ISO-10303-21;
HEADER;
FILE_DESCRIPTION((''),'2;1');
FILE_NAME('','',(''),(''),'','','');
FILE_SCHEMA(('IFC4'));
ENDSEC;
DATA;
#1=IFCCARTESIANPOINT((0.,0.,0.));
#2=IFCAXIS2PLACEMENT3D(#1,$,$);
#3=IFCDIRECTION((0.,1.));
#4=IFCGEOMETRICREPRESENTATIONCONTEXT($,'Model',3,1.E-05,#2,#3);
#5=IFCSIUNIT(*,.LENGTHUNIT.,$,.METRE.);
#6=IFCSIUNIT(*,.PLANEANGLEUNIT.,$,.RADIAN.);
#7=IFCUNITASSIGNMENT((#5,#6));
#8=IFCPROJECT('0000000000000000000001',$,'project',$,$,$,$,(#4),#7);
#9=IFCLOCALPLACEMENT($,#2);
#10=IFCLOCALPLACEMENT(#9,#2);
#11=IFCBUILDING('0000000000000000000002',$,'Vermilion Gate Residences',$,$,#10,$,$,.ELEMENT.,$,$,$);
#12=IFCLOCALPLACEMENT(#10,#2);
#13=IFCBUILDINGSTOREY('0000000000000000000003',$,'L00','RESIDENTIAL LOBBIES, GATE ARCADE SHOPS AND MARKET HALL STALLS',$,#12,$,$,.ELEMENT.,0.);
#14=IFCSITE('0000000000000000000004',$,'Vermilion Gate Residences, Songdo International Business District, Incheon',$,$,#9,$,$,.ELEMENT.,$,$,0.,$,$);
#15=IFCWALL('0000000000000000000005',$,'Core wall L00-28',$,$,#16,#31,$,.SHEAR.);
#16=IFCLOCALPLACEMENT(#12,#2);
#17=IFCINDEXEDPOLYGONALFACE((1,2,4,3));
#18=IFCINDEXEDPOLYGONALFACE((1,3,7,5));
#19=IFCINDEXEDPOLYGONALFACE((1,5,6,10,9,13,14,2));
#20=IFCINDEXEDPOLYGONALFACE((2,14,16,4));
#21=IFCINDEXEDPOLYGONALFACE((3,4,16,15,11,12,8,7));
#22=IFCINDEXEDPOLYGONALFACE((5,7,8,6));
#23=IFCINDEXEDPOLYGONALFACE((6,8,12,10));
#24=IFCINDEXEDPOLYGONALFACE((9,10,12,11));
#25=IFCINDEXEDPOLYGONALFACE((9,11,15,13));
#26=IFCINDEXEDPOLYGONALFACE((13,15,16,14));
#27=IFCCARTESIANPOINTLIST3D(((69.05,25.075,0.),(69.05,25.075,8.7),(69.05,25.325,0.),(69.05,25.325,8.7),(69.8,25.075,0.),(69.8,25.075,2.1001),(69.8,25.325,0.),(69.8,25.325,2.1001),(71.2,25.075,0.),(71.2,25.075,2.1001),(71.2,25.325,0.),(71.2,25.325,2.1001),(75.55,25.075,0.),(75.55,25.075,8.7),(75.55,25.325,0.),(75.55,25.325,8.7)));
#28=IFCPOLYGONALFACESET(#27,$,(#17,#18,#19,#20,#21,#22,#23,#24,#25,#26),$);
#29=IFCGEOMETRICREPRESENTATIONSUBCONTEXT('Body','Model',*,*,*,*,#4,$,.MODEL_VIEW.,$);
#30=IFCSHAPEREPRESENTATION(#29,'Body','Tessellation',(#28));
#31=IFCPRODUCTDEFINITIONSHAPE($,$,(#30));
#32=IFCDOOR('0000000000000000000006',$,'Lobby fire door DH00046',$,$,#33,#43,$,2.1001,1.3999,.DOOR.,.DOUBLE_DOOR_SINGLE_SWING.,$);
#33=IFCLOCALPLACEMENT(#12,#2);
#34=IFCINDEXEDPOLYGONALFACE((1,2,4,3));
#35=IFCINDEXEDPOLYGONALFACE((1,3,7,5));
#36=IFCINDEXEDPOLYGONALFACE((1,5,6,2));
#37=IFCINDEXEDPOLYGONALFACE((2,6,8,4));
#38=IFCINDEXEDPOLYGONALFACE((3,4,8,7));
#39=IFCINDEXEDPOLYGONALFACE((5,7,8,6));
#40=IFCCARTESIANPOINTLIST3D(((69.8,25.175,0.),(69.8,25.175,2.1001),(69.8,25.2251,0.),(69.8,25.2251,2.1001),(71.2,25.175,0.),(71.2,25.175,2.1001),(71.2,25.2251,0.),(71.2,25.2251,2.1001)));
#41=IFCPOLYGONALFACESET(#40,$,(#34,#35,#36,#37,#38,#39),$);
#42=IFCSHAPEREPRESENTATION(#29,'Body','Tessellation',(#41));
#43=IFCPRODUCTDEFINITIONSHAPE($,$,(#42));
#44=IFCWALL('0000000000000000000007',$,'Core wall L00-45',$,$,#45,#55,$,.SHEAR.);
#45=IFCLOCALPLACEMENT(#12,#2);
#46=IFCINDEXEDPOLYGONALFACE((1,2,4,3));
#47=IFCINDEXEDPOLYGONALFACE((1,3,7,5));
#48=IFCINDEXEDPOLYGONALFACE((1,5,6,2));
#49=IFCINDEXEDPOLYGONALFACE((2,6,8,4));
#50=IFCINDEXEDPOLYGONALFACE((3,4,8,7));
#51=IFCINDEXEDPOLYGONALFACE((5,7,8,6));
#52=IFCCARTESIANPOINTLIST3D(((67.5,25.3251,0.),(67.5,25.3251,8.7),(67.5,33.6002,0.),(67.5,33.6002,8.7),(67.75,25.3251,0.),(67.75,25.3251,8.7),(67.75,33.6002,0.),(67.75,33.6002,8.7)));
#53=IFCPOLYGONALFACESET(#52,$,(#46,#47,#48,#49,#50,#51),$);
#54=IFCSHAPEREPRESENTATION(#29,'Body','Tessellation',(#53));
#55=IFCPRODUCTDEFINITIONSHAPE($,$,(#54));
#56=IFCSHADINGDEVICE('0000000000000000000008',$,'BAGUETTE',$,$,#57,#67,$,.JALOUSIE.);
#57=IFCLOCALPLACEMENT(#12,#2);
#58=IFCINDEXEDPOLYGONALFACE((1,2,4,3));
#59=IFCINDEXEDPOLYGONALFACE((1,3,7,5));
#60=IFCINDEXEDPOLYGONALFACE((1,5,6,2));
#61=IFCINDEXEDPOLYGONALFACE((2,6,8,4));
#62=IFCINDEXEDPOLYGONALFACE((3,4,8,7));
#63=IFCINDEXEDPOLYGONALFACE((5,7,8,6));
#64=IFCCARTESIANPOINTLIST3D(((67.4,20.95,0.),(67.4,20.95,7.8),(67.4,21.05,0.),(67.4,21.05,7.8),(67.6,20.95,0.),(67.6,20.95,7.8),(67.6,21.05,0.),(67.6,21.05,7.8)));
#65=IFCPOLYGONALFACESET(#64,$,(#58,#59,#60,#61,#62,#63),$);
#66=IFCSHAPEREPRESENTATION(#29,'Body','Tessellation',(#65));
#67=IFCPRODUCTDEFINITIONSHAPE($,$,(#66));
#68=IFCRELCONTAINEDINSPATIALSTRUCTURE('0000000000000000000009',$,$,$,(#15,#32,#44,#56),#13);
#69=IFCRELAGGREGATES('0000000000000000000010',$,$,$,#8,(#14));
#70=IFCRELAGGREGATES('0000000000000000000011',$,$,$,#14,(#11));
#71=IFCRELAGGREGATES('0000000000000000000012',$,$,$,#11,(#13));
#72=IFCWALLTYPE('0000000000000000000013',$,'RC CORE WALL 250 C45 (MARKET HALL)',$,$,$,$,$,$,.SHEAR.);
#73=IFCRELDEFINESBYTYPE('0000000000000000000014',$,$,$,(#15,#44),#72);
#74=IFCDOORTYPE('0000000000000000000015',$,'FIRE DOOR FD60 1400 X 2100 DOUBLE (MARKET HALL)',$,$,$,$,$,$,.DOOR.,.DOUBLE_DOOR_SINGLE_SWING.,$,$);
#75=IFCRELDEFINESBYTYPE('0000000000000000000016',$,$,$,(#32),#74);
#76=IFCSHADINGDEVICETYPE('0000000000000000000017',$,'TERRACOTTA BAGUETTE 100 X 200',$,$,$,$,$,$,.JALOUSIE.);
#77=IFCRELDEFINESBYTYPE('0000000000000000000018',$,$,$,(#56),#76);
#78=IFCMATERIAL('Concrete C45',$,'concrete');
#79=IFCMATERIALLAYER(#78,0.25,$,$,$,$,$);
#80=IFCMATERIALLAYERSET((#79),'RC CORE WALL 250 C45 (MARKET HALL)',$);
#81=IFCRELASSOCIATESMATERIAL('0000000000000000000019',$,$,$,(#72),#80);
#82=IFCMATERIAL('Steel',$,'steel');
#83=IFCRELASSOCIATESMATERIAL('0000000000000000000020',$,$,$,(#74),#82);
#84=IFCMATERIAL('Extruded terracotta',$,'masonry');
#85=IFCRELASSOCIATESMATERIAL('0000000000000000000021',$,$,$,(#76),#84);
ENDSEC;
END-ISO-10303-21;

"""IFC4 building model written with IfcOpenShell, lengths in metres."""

from ifc_helpers import new_model, si_unit, direction, frame, frame_2d, origin, origin_2d, place, context, subcontext, project, spatial, rectangle, extrude, material, layer, layer_set, material_profile, profile_set, type_object, element, fill, save


model = new_model("IFC4")

# Units and contexts
model_context = context("Model", 3, precision=1e-05, world=origin(), true_north=direction((0.0, 1.0)))
body_context = subcontext(model_context, "Body", "Model", "MODEL_VIEW")
ifc_project = project(units=[si_unit("LENGTHUNIT", "METRE"), si_unit("PLANEANGLEUNIT", "RADIAN")], contexts=[model_context])

# Site, building, storey
site_placement = place(None, origin())
site = spatial("IfcSite", under=ifc_project, at=site_placement, Name="Vermilion Gate Residences, Songdo International Business District, Incheon", CompositionType="ELEMENT", RefElevation=0.0)
building_placement = place(site_placement, origin())
building = spatial("IfcBuilding", under=site, at=building_placement, Name="Vermilion Gate Residences", CompositionType="ELEMENT")
storey_placement = place(building_placement, origin())
storey = spatial("IfcBuildingStorey", under=building, at=storey_placement, Name="L00", Description="RESIDENTIAL LOBBIES, GATE ARCADE SHOPS AND MARKET HALL STALLS", CompositionType="ELEMENT", Elevation=0.0)

# Shared definitions
ifc_material_1 = material(Name="Concrete C45", Category="concrete")
ifc_layer_1 = layer(ifc_material_1, 0.25)
ifc_layer_set_1 = layer_set([ifc_layer_1], Name="RC CORE WALL 250 C45 (MARKET HALL)")
wall_type_1 = type_object("IfcWallType", Name="RC CORE WALL 250 C45 (MARKET HALL)", PredefinedType="SHEAR", material=ifc_layer_set_1)

# Wall, opening, door
wall_1_placement = place(storey_placement, frame((69.05, 25.2, 0.0), z_axis=(0.0, 0.0, 1.0), x_axis=(1.0, 0.0, 0.0)))
wall_1 = element("IfcWall", 1, at=wall_1_placement, inside=storey, type_object=wall_type_1, Name="Core wall L00-28", PredefinedType="SHEAR", context=body_context, shape_type="SweptSolid", body=[
    extrude(rectangle(XDim=6.5, YDim=0.25, at=frame_2d((3.25, 0.0))), origin(), (0.0, 0.0, 1.0), 8.7),
])
opening_placement = place(wall_1_placement, frame((0.75, 0.0, 0.0)))
opening = element("IfcOpeningElement", 2, at=opening_placement, cuts=wall_1, PredefinedType="OPENING", context=body_context, shape_type="SweptSolid", body=[
    extrude(rectangle(XDim=1.3999, YDim=2.1001, at=frame_2d((0.7, 1.05))), frame((0.0, 0.135, 0.0), z_axis=(0.0, -1.0, 0.0), x_axis=(1.0, 0.0, 0.0)), (0.0, 0.0, 1.0), 0.27),
])
ifc_material_2 = material(Name="Steel", Category="steel")
door_type = type_object("IfcDoorType", Name="FIRE DOOR FD60 1400 X 2100 DOUBLE (MARKET HALL)", OperationType="DOUBLE_DOOR_SINGLE_SWING", PredefinedType="DOOR", material=ifc_material_2)
door_placement = place(opening_placement, frame((1.3999, 0.0, 0.0), z_axis=(0.0, 0.0, 1.0), x_axis=(-1.0, 0.0, 0.0)))
door = element("IfcDoor", 3, at=door_placement, inside=storey, type_object=door_type, Name="Lobby fire door DH00046", OperationType="DOUBLE_DOOR_SINGLE_SWING", OverallHeight=2.1001, OverallWidth=1.3999, PredefinedType="DOOR", context=body_context, shape_type="SweptSolid", body=[
    extrude(rectangle(XDim=1.3999, YDim=2.1001, at=frame_2d((0.7, 1.05))), frame((0.0, 0.0249, 0.0), z_axis=(0.0, -1.0, 0.0), x_axis=(1.0, 0.0, 0.0)), (0.0, 0.0, 1.0), 0.05),
])
fill(opening, door)

# Wall
wall_2_placement = place(storey_placement, frame((67.625, 25.325, 0.0), z_axis=(0.0, 0.0, 1.0), x_axis=(0.0, 1.0, 0.0)))
element("IfcWall", 4, at=wall_2_placement, inside=storey, type_object=wall_type_1, Name="Core wall L00-45", PredefinedType="SHEAR", context=body_context, shape_type="SweptSolid", body=[
    extrude(rectangle(XDim=8.2751, YDim=0.25, at=frame_2d((4.1377, 0.0))), origin(), (0.0, 0.0, 1.0), 8.7),
])

# Shading device
ifc_material_3 = material(Name="Extruded terracotta", Category="masonry")
ifc_material_profile_1 = material_profile(ifc_material_3, rectangle(XDim=0.2, YDim=0.1001, at=origin_2d()), Name="BAGUETTE 100 X 200")
ifc_profile_set_1 = profile_set([ifc_material_profile_1], Name="Extruded terracotta")
shading_device_type = type_object("IfcShadingDeviceType", Name="TERRACOTTA BAGUETTE 100 X 200", PredefinedType="JALOUSIE", material=ifc_profile_set_1)
shading_device_placement = place(storey_placement, frame((67.5, 21.0, 0.0), z_axis=(0.0, 0.0, 1.0), x_axis=(-1.0, 0.0, 0.0)))
element("IfcShadingDevice", 5, at=shading_device_placement, inside=storey, type_object=shading_device_type, Name="BAGUETTE", PredefinedType="JALOUSIE", context=body_context, shape_type="SweptSolid", body=[
    extrude(rectangle(XDim=0.2, YDim=0.1001, at=origin_2d()), origin(), (0.0, 0.0, 1.0), 7.8),
])

save(model, "model.ifc")
